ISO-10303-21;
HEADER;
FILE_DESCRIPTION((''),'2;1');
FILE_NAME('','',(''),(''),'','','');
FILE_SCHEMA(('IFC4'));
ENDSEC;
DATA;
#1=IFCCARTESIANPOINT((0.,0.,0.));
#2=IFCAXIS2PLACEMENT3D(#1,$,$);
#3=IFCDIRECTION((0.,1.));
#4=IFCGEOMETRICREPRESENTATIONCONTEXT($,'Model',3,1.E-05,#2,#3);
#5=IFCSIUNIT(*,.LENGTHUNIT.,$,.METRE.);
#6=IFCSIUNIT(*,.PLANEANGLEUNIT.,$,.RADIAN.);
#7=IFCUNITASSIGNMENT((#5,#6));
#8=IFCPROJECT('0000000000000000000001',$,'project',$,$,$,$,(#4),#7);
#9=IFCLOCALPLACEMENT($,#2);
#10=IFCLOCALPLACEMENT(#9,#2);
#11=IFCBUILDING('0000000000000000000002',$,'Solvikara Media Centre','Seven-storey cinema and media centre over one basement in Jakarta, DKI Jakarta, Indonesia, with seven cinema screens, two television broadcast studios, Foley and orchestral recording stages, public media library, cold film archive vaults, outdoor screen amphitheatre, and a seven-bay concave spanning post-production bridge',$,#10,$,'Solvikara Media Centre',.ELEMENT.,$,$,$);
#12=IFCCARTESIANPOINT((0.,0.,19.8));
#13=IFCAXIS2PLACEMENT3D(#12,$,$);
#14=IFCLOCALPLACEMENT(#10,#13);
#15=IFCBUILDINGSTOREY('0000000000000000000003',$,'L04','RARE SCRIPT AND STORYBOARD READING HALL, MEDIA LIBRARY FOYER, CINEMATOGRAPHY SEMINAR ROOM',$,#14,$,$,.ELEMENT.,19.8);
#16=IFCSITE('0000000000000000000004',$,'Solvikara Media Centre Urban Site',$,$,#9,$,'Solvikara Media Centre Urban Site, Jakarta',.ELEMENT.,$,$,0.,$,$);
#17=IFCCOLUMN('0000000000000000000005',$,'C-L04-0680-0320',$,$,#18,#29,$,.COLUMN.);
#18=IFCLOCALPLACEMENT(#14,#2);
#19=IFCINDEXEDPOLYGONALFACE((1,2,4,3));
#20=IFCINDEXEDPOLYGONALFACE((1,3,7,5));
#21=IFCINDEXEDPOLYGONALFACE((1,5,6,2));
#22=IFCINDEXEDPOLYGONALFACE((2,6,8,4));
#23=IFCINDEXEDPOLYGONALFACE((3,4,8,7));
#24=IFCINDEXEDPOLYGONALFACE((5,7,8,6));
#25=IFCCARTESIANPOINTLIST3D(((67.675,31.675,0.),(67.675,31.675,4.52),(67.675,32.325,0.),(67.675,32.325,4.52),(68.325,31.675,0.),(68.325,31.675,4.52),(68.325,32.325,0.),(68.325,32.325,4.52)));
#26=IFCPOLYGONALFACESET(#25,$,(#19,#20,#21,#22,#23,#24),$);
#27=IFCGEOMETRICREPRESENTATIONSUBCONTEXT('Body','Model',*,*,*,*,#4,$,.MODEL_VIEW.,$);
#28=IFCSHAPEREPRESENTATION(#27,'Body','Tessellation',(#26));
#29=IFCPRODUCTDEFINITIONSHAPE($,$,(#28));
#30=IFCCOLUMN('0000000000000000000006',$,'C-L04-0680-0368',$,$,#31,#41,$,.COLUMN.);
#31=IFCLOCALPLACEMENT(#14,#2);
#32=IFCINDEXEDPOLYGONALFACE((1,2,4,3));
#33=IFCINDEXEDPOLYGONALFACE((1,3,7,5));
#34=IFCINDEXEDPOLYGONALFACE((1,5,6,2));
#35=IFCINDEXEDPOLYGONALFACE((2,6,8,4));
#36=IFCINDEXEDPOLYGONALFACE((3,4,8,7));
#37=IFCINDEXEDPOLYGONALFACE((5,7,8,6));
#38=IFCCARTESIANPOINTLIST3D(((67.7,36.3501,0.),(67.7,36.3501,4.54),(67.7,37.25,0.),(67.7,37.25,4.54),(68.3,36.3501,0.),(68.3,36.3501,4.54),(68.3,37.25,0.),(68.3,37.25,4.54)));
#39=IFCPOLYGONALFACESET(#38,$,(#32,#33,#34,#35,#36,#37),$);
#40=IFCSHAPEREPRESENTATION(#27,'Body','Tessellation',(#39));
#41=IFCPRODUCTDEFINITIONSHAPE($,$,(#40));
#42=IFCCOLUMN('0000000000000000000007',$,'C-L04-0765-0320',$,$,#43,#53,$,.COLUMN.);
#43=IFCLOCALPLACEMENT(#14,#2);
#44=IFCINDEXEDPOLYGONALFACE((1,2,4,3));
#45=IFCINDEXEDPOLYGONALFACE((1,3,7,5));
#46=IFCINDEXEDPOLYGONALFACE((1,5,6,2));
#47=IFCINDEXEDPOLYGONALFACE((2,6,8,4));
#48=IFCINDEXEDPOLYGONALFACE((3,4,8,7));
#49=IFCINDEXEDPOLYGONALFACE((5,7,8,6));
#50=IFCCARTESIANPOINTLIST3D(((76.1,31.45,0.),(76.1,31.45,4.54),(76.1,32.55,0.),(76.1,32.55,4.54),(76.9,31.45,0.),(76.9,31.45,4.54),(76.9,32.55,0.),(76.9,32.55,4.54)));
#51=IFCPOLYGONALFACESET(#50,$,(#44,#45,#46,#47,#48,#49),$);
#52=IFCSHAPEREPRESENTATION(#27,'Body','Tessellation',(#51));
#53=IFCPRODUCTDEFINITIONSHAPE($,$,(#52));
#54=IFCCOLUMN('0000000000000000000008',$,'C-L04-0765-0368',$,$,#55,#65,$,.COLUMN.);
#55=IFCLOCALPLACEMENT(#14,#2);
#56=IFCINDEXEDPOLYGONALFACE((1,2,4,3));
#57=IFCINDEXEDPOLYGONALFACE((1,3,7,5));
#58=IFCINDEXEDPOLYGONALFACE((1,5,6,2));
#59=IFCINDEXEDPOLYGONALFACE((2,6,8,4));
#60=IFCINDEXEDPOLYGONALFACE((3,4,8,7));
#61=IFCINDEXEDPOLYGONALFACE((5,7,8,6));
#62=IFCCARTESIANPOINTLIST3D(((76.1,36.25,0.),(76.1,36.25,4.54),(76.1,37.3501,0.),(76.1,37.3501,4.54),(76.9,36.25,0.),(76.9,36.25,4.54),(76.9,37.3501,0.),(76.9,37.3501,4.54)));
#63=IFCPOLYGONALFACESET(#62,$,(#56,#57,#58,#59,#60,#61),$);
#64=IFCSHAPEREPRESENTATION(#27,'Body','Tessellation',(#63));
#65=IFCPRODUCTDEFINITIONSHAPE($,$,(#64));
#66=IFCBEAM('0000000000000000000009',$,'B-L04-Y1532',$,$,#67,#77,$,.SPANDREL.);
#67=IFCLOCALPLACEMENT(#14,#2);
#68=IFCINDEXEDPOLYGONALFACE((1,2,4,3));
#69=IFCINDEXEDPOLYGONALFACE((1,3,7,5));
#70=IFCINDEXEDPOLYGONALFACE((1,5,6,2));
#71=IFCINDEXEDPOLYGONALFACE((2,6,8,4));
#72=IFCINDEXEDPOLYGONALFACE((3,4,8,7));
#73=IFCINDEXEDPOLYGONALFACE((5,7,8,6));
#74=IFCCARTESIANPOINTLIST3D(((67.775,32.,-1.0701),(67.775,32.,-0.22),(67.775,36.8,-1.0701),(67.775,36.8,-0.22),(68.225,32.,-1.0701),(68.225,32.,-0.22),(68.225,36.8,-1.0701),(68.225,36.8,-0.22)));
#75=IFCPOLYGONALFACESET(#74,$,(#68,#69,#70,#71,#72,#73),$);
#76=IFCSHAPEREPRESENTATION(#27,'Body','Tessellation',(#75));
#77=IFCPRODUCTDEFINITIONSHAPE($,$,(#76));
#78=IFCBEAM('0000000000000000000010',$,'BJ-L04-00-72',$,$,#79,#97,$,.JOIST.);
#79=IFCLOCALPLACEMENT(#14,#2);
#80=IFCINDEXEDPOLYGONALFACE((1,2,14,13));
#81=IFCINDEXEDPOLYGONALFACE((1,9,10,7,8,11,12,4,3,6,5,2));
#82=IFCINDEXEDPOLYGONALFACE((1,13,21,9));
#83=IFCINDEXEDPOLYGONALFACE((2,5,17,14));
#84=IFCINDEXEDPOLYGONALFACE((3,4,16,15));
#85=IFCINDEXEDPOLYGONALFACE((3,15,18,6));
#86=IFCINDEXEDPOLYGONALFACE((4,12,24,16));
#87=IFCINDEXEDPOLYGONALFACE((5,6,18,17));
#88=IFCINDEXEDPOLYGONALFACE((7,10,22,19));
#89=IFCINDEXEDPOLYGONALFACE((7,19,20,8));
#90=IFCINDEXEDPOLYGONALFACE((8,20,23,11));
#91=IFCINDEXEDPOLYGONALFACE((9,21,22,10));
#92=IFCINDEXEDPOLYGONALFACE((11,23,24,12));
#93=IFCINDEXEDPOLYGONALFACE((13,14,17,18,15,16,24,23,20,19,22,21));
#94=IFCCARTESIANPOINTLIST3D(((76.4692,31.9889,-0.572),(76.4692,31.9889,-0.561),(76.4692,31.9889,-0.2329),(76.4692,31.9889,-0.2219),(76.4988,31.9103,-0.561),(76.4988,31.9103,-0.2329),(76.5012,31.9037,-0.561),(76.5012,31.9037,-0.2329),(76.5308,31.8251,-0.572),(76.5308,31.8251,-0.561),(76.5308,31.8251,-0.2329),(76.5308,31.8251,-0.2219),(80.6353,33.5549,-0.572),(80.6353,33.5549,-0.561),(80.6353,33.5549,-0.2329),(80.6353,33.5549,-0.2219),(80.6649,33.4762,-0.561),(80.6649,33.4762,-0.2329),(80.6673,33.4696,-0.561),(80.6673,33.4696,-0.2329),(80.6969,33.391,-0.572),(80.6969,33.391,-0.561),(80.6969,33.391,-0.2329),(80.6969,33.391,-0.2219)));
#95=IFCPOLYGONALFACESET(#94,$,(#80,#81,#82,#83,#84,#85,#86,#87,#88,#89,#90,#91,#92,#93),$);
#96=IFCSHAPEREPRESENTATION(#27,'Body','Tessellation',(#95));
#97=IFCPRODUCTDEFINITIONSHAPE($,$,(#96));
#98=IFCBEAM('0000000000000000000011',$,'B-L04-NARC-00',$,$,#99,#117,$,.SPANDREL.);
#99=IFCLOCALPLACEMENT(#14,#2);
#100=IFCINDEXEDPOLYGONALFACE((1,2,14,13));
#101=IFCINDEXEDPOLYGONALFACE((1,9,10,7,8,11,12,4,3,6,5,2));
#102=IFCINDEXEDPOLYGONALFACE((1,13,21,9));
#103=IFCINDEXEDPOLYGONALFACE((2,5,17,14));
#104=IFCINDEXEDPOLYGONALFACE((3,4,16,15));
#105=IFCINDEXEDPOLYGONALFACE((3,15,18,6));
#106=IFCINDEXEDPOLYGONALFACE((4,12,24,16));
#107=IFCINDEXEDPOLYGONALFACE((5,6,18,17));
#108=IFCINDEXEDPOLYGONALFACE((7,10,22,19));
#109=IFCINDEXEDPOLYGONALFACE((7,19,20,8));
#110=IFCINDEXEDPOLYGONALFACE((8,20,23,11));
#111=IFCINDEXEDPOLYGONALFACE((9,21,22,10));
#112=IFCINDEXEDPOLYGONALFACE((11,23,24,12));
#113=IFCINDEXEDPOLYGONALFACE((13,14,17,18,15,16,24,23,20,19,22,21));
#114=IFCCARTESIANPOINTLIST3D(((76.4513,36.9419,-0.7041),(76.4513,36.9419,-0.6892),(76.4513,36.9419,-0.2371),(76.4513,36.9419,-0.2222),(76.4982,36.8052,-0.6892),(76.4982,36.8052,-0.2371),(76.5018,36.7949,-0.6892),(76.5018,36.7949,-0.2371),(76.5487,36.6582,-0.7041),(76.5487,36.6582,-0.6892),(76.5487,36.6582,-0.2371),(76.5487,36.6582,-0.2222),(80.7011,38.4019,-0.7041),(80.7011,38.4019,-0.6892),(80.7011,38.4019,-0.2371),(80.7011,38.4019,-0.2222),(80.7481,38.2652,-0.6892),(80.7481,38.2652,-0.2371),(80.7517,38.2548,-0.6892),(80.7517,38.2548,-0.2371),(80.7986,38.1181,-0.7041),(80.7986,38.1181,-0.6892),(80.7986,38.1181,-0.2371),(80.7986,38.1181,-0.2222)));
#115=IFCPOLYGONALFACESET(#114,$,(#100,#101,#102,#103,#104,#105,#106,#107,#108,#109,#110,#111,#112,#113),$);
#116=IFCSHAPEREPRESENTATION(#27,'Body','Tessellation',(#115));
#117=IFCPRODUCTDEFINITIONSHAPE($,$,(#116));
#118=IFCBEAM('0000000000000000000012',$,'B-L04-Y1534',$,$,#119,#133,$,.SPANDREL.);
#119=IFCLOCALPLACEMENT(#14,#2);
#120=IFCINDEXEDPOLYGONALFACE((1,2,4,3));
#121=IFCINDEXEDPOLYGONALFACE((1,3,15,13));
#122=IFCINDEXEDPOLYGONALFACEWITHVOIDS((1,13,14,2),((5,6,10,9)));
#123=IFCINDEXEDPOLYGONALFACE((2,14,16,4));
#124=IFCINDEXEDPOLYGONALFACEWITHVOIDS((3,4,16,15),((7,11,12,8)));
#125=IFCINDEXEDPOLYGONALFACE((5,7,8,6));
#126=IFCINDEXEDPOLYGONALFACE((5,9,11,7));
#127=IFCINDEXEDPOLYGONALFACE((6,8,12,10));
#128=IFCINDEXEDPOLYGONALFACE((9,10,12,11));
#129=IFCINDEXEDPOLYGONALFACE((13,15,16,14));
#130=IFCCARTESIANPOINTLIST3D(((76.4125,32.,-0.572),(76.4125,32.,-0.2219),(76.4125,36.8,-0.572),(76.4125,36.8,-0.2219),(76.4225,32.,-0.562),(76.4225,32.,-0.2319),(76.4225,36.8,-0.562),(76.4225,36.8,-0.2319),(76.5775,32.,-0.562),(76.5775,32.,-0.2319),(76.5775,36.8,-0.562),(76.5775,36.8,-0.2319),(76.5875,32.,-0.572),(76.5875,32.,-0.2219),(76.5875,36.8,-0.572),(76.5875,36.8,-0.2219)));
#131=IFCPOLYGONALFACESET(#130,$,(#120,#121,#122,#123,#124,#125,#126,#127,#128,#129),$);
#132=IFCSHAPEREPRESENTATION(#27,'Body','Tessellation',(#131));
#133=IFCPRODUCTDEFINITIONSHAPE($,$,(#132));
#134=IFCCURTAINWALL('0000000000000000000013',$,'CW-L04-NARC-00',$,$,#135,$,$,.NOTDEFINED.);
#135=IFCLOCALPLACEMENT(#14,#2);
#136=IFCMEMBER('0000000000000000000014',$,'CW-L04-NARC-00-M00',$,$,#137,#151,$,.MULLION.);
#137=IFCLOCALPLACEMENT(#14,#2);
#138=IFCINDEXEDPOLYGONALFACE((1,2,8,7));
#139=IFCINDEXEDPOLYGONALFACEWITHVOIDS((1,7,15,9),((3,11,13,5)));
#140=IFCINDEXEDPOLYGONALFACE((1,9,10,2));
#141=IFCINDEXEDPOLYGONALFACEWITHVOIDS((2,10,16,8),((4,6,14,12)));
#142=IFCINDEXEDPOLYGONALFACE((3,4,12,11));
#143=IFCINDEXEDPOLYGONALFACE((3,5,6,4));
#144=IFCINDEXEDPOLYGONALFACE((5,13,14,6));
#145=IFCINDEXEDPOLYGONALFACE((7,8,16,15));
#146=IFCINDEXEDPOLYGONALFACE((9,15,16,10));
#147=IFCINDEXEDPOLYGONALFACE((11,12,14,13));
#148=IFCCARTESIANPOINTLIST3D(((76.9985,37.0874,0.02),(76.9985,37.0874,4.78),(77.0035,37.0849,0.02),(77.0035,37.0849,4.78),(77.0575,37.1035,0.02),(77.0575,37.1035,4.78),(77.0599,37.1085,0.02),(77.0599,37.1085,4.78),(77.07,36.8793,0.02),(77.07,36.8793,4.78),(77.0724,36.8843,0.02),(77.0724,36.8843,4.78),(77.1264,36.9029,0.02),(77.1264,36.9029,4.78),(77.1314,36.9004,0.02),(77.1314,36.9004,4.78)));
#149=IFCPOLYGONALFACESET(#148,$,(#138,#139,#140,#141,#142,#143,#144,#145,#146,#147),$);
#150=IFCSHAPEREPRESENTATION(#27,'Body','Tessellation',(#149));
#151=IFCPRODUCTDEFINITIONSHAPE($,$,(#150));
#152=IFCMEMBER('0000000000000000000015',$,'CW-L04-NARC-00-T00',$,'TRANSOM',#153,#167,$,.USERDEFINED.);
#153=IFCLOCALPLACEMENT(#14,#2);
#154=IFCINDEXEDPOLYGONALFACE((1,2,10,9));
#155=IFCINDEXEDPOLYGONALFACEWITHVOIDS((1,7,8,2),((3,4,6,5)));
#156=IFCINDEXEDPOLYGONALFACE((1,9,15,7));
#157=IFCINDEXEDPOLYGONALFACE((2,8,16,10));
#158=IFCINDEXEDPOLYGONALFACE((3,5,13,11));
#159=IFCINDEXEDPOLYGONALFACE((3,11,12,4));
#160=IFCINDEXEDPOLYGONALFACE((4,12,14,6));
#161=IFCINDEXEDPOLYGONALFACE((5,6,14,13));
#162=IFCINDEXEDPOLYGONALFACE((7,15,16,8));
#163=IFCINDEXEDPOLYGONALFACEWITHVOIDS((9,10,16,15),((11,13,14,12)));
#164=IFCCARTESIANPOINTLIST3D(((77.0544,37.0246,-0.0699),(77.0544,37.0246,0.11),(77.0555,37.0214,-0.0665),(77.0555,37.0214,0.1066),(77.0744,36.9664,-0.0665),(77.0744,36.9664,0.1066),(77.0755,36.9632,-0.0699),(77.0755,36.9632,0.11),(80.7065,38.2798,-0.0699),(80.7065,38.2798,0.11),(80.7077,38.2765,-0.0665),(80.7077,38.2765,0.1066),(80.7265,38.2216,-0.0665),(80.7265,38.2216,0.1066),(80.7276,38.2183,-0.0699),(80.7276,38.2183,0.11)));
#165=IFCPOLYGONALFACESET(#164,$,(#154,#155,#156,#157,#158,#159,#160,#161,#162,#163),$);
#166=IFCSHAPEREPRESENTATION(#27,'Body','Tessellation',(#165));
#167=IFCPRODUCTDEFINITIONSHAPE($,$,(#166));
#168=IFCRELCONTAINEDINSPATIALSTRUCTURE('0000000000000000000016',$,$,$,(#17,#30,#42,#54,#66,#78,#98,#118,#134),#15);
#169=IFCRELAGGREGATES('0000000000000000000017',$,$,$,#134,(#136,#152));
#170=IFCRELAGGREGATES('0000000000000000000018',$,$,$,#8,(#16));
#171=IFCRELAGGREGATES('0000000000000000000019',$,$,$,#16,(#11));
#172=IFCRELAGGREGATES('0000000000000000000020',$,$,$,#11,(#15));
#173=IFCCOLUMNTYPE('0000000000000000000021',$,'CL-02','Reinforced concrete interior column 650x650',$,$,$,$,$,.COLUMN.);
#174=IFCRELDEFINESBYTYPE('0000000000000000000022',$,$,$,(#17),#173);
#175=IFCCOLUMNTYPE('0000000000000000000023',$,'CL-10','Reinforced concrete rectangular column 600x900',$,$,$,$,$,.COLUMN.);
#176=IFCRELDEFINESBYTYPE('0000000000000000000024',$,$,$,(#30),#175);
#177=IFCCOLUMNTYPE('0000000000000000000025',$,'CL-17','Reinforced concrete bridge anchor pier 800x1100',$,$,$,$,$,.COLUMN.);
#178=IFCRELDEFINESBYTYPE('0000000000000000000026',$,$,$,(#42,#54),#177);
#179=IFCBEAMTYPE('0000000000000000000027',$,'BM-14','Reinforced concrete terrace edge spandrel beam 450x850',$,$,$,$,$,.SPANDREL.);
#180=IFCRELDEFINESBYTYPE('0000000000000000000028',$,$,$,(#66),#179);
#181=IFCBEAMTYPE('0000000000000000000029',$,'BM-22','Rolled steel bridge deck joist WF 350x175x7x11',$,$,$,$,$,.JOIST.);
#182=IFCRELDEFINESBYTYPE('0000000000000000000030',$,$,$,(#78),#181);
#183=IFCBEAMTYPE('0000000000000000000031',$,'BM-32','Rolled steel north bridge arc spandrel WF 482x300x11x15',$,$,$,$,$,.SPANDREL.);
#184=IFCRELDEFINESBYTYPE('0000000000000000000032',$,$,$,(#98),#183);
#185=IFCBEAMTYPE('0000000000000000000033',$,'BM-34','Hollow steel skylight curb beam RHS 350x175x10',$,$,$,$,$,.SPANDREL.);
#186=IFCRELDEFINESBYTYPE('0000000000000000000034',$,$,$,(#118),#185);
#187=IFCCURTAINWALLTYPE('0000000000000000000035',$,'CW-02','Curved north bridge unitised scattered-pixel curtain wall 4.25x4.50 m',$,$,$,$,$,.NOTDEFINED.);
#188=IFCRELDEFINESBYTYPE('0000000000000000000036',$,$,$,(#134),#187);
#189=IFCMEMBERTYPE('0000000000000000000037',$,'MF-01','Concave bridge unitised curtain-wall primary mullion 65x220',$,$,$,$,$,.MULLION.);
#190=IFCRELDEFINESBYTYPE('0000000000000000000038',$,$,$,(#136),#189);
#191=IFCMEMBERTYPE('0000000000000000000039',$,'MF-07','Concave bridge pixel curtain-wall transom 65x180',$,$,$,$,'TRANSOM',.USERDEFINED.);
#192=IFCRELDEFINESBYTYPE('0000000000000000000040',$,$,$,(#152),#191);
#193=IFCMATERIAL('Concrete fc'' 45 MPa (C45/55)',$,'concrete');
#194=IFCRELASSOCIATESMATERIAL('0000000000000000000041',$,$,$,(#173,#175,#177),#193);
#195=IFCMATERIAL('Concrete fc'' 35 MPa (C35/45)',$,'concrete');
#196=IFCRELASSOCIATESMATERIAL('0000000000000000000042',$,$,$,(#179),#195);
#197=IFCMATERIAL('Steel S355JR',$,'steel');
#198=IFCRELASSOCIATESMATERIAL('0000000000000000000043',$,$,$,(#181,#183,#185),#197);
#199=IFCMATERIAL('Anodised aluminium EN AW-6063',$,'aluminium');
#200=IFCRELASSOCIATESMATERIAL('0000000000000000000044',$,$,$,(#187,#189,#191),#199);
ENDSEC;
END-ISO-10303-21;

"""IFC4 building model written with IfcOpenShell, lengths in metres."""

from ifc_helpers import new_model, si_unit, direction, frame, origin, origin_2d, place, context, subcontext, project, spatial, rectangle, hollow_rectangle, i_section, extrude, material, material_profile, profile_set, type_object, element, aggregate, save


model = new_model("IFC4")

# Units and contexts
model_context = context("Model", 3, precision=1e-05, world=origin(), true_north=direction((0.0, 1.0)))
body_context = subcontext(model_context, "Body", "Model", "MODEL_VIEW")
ifc_project = project(units=[si_unit("LENGTHUNIT", "METRE"), si_unit("PLANEANGLEUNIT", "RADIAN")], contexts=[model_context])

# Site, building, storey
site_placement = place(None, origin())
site = spatial("IfcSite", under=ifc_project, at=site_placement, Name="Solvikara Media Centre Urban Site", LongName="Solvikara Media Centre Urban Site, Jakarta", CompositionType="ELEMENT", RefElevation=0.0)
building_placement = place(site_placement, origin())
building = spatial("IfcBuilding", under=site, at=building_placement, Name="Solvikara Media Centre", Description="Seven-storey cinema and media centre over one basement in Jakarta, DKI Jakarta, Indonesia, with seven cinema screens, two television broadcast studios, Foley and orchestral recording stages, public media library, cold film archive vaults, outdoor screen amphitheatre, and a seven-bay concave spanning post-production bridge", LongName="Solvikara Media Centre", CompositionType="ELEMENT")
storey_placement = place(building_placement, frame((0.0, 0.0, 19.8)))
storey = spatial("IfcBuildingStorey", under=building, at=storey_placement, Name="L04", Description="RARE SCRIPT AND STORYBOARD READING HALL, MEDIA LIBRARY FOYER, CINEMATOGRAPHY SEMINAR ROOM", CompositionType="ELEMENT", Elevation=19.8)

# Columns
ifc_material_1 = material(Name="Concrete fc' 45 MPa (C45/55)", Category="concrete")
ifc_material_profile_1 = material_profile(ifc_material_1, rectangle(XDim=0.6499, YDim=0.6499, at=origin_2d()), Name="RC 650x650")
ifc_profile_set_1 = profile_set([ifc_material_profile_1], Name="Concrete fc' 45 MPa (C45/55)")
column_type_1 = type_object("IfcColumnType", Name="CL-02", Description="Reinforced concrete interior column 650x650", PredefinedType="COLUMN", material=ifc_profile_set_1)
column_1_placement = place(storey_placement, frame((68.0, 32.0, 0.0), z_axis=(0.0, 0.0, 1.0), x_axis=(1.0, 0.0, 0.0)))
element("IfcColumn", 1, at=column_1_placement, inside=storey, type_object=column_type_1, Name="C-L04-0680-0320", PredefinedType="COLUMN", context=body_context, shape_type="SweptSolid", body=[
    extrude(rectangle(XDim=0.6499, YDim=0.6499, at=origin_2d()), origin(), (0.0, 0.0, 1.0), 4.52),
])
ifc_material_profile_2 = material_profile(ifc_material_1, rectangle(XDim=0.6001, YDim=0.8999, at=origin_2d()), Name="RC 600x900")
ifc_profile_set_2 = profile_set([ifc_material_profile_2], Name="Concrete fc' 45 MPa (C45/55)")
column_type_2 = type_object("IfcColumnType", Name="CL-10", Description="Reinforced concrete rectangular column 600x900", PredefinedType="COLUMN", material=ifc_profile_set_2)
column_2_placement = place(storey_placement, frame((68.0, 36.8, 0.0), z_axis=(0.0, 0.0, 1.0), x_axis=(1.0, 0.0, 0.0)))
element("IfcColumn", 2, at=column_2_placement, inside=storey, type_object=column_type_2, Name="C-L04-0680-0368", PredefinedType="COLUMN", context=body_context, shape_type="SweptSolid", body=[
    extrude(rectangle(XDim=0.6001, YDim=0.8999, at=origin_2d()), origin(), (0.0, 0.0, 1.0), 4.54),
])
ifc_material_profile_3 = material_profile(ifc_material_1, rectangle(XDim=0.8, YDim=1.1001, at=origin_2d()), Name="RC 800x1100")
ifc_profile_set_3 = profile_set([ifc_material_profile_3], Name="Concrete fc' 45 MPa (C45/55)")
column_type_3 = type_object("IfcColumnType", Name="CL-17", Description="Reinforced concrete bridge anchor pier 800x1100", PredefinedType="COLUMN", material=ifc_profile_set_3)
for number, where, z_axis, x_axis, name in (
    (3, (76.5, 32.0, 0.0), (0.0, 0.0, 1.0), (1.0, 0.0, 0.0), "C-L04-0765-0320"),
    (4, (76.5, 36.8, 0.0), (0.0, 0.0, 1.0), (1.0, 0.0, 0.0), "C-L04-0765-0368"),
):
    element("IfcColumn", number, at=place(storey_placement, frame(where, z_axis=z_axis, x_axis=x_axis)), inside=storey, type_object=column_type_3, Name=name, PredefinedType="COLUMN", context=body_context, shape_type="SweptSolid", body=[
        extrude(rectangle(XDim=0.8, YDim=1.1001, at=origin_2d()), origin(), (0.0, 0.0, 1.0), 4.54),
    ])

# Beams
ifc_material_2 = material(Name="Concrete fc' 35 MPa (C35/45)", Category="concrete")
ifc_material_profile_4 = material_profile(ifc_material_2, rectangle(XDim=0.45, YDim=0.8501, at=origin_2d()), Name="RC 450x850")
ifc_profile_set_4 = profile_set([ifc_material_profile_4], Name="Concrete fc' 35 MPa (C35/45)")
beam_type_1 = type_object("IfcBeamType", Name="BM-14", Description="Reinforced concrete terrace edge spandrel beam 450x850", PredefinedType="SPANDREL", material=ifc_profile_set_4)
beam_1_placement = place(storey_placement, frame((68.0, 32.0, -0.645), z_axis=(0.0, 1.0, 0.0), x_axis=(-1.0, 0.0, 0.0)))
element("IfcBeam", 5, at=beam_1_placement, inside=storey, type_object=beam_type_1, Name="B-L04-Y1532", PredefinedType="SPANDREL", context=body_context, shape_type="SweptSolid", body=[
    extrude(rectangle(XDim=0.45, YDim=0.8501, at=origin_2d()), origin(), (0.0, 0.0, 1.0), 4.8),
])
ifc_material_3 = material(Name="Steel S355JR", Category="steel")
ifc_material_profile_5 = material_profile(ifc_material_3, i_section(OverallWidth=0.175, OverallDepth=0.3501, WebThickness=0.0071, FlangeThickness=0.011, at=origin_2d()), Name="WF 350x175x7x11")
ifc_profile_set_5 = profile_set([ifc_material_profile_5], Name="Steel S355JR")
beam_type_2 = type_object("IfcBeamType", Name="BM-22", Description="Rolled steel bridge deck joist WF 350x175x7x11", PredefinedType="JOIST", material=ifc_profile_set_5)
beam_2_placement = place(storey_placement, frame((76.5, 31.907, -0.397), z_axis=(0.936058, 0.351845, 0.0), x_axis=(-0.351845, 0.936058, 0.0)))
element("IfcBeam", 6, at=beam_2_placement, inside=storey, type_object=beam_type_2, Name="BJ-L04-00-72", PredefinedType="JOIST", context=body_context, shape_type="SweptSolid", body=[
    extrude(i_section(OverallWidth=0.175, OverallDepth=0.3501, WebThickness=0.0071, FlangeThickness=0.011, at=origin_2d()), origin(), (0.0, 0.0, 1.0), 4.4507),
])
ifc_material_profile_6 = material_profile(ifc_material_3, i_section(OverallWidth=0.3, OverallDepth=0.4819, WebThickness=0.011, FlangeThickness=0.0149, at=origin_2d()), Name="WF 482x300x11x15")
ifc_profile_set_6 = profile_set([ifc_material_profile_6], Name="Steel S355JR")
beam_type_3 = type_object("IfcBeamType", Name="BM-32", Description="Rolled steel north bridge arc spandrel WF 482x300x11x15", PredefinedType="SPANDREL", material=ifc_profile_set_6)
beam_3_placement = place(storey_placement, frame((76.5, 36.8, -0.4631), z_axis=(0.945753, 0.324885, 0.0), x_axis=(-0.324885, 0.945753, 0.0)))
element("IfcBeam", 7, at=beam_3_placement, inside=storey, type_object=beam_type_3, Name="B-L04-NARC-00", PredefinedType="SPANDREL", context=body_context, shape_type="SweptSolid", body=[
    extrude(i_section(OverallWidth=0.3, OverallDepth=0.4819, WebThickness=0.011, FlangeThickness=0.0149, at=origin_2d()), origin(), (0.0, 0.0, 1.0), 4.4937),
])
ifc_material_profile_7 = material_profile(ifc_material_3, hollow_rectangle(XDim=0.175, YDim=0.3501, WallThickness=0.01, at=origin_2d()), Name="RHS 350x175x10")
ifc_profile_set_7 = profile_set([ifc_material_profile_7], Name="Steel S355JR")
beam_type_4 = type_object("IfcBeamType", Name="BM-34", Description="Hollow steel skylight curb beam RHS 350x175x10", PredefinedType="SPANDREL", material=ifc_profile_set_7)
beam_4_placement = place(storey_placement, frame((76.5, 32.0, -0.397), z_axis=(0.0, 1.0, 0.0), x_axis=(-1.0, 0.0, 0.0)))
element("IfcBeam", 8, at=beam_4_placement, inside=storey, type_object=beam_type_4, Name="B-L04-Y1534", PredefinedType="SPANDREL", context=body_context, shape_type="SweptSolid", body=[
    extrude(hollow_rectangle(XDim=0.175, YDim=0.3501, WallThickness=0.01, at=origin_2d()), origin(), (0.0, 0.0, 1.0), 4.8),
])

# Curtain wall, members
ifc_material_4 = material(Name="Anodised aluminium EN AW-6063", Category="aluminium")
curtain_wall_type = type_object("IfcCurtainWallType", Name="CW-02", Description="Curved north bridge unitised scattered-pixel curtain wall 4.25x4.50 m", PredefinedType="NOTDEFINED", material=ifc_material_4)
curtain_wall_placement = place(storey_placement, origin())
curtain_wall = element("IfcCurtainWall", 9, at=curtain_wall_placement, inside=storey, type_object=curtain_wall_type, Name="CW-L04-NARC-00", PredefinedType="NOTDEFINED")
ifc_material_profile_8 = material_profile(ifc_material_4, hollow_rectangle(XDim=0.0649, YDim=0.22, WallThickness=0.0039, at=origin_2d()), Name="ALU-M 65x220x4")
ifc_profile_set_8 = profile_set([ifc_material_profile_8], Name="Anodised aluminium EN AW-6063")
member_type_1 = type_object("IfcMemberType", Name="MF-01", Description="Concave bridge unitised curtain-wall primary mullion 65x220", PredefinedType="MULLION", material=ifc_profile_set_8)
member_1_placement = place(storey_placement, frame((77.0649, 36.9939, 0.02), z_axis=(0.0, 0.0, 1.0), x_axis=(0.945717, 0.324991, 0.0)))
member_1 = element("IfcMember", 10, at=member_1_placement, type_object=member_type_1, Name="CW-L04-NARC-00-M00", PredefinedType="MULLION", context=body_context, shape_type="SweptSolid", body=[
    extrude(hollow_rectangle(XDim=0.0649, YDim=0.22, WallThickness=0.0039, at=origin_2d()), origin(), (0.0, 0.0, 1.0), 4.76),
])
ifc_material_profile_9 = material_profile(ifc_material_4, hollow_rectangle(XDim=0.0649, YDim=0.1799, WallThickness=0.0034, at=origin_2d()), Name="ALU-T 65x180x3.5")
ifc_profile_set_9 = profile_set([ifc_material_profile_9], Name="Anodised aluminium EN AW-6063")
member_type_2 = type_object("IfcMemberType", Name="MF-07", Description="Concave bridge pixel curtain-wall transom 65x180", ElementType="TRANSOM", PredefinedType="USERDEFINED", material=ifc_profile_set_9)
member_2_placement = place(storey_placement, frame((77.0649, 36.9939, 0.02), z_axis=(0.945709, 0.325014, 0.0), x_axis=(-0.325014, 0.945709, 0.0)))
member_2 = element("IfcMember", 11, at=member_2_placement, type_object=member_type_2, Name="CW-L04-NARC-00-T00", ObjectType="TRANSOM", PredefinedType="USERDEFINED", context=body_context, shape_type="SweptSolid", body=[
    extrude(hollow_rectangle(XDim=0.0649, YDim=0.1799, WallThickness=0.0034, at=origin_2d()), origin(), (0.0, 0.0, 1.0), 3.8618),
])
aggregate(curtain_wall, [member_1, member_2])

save(model, "model.ifc")
